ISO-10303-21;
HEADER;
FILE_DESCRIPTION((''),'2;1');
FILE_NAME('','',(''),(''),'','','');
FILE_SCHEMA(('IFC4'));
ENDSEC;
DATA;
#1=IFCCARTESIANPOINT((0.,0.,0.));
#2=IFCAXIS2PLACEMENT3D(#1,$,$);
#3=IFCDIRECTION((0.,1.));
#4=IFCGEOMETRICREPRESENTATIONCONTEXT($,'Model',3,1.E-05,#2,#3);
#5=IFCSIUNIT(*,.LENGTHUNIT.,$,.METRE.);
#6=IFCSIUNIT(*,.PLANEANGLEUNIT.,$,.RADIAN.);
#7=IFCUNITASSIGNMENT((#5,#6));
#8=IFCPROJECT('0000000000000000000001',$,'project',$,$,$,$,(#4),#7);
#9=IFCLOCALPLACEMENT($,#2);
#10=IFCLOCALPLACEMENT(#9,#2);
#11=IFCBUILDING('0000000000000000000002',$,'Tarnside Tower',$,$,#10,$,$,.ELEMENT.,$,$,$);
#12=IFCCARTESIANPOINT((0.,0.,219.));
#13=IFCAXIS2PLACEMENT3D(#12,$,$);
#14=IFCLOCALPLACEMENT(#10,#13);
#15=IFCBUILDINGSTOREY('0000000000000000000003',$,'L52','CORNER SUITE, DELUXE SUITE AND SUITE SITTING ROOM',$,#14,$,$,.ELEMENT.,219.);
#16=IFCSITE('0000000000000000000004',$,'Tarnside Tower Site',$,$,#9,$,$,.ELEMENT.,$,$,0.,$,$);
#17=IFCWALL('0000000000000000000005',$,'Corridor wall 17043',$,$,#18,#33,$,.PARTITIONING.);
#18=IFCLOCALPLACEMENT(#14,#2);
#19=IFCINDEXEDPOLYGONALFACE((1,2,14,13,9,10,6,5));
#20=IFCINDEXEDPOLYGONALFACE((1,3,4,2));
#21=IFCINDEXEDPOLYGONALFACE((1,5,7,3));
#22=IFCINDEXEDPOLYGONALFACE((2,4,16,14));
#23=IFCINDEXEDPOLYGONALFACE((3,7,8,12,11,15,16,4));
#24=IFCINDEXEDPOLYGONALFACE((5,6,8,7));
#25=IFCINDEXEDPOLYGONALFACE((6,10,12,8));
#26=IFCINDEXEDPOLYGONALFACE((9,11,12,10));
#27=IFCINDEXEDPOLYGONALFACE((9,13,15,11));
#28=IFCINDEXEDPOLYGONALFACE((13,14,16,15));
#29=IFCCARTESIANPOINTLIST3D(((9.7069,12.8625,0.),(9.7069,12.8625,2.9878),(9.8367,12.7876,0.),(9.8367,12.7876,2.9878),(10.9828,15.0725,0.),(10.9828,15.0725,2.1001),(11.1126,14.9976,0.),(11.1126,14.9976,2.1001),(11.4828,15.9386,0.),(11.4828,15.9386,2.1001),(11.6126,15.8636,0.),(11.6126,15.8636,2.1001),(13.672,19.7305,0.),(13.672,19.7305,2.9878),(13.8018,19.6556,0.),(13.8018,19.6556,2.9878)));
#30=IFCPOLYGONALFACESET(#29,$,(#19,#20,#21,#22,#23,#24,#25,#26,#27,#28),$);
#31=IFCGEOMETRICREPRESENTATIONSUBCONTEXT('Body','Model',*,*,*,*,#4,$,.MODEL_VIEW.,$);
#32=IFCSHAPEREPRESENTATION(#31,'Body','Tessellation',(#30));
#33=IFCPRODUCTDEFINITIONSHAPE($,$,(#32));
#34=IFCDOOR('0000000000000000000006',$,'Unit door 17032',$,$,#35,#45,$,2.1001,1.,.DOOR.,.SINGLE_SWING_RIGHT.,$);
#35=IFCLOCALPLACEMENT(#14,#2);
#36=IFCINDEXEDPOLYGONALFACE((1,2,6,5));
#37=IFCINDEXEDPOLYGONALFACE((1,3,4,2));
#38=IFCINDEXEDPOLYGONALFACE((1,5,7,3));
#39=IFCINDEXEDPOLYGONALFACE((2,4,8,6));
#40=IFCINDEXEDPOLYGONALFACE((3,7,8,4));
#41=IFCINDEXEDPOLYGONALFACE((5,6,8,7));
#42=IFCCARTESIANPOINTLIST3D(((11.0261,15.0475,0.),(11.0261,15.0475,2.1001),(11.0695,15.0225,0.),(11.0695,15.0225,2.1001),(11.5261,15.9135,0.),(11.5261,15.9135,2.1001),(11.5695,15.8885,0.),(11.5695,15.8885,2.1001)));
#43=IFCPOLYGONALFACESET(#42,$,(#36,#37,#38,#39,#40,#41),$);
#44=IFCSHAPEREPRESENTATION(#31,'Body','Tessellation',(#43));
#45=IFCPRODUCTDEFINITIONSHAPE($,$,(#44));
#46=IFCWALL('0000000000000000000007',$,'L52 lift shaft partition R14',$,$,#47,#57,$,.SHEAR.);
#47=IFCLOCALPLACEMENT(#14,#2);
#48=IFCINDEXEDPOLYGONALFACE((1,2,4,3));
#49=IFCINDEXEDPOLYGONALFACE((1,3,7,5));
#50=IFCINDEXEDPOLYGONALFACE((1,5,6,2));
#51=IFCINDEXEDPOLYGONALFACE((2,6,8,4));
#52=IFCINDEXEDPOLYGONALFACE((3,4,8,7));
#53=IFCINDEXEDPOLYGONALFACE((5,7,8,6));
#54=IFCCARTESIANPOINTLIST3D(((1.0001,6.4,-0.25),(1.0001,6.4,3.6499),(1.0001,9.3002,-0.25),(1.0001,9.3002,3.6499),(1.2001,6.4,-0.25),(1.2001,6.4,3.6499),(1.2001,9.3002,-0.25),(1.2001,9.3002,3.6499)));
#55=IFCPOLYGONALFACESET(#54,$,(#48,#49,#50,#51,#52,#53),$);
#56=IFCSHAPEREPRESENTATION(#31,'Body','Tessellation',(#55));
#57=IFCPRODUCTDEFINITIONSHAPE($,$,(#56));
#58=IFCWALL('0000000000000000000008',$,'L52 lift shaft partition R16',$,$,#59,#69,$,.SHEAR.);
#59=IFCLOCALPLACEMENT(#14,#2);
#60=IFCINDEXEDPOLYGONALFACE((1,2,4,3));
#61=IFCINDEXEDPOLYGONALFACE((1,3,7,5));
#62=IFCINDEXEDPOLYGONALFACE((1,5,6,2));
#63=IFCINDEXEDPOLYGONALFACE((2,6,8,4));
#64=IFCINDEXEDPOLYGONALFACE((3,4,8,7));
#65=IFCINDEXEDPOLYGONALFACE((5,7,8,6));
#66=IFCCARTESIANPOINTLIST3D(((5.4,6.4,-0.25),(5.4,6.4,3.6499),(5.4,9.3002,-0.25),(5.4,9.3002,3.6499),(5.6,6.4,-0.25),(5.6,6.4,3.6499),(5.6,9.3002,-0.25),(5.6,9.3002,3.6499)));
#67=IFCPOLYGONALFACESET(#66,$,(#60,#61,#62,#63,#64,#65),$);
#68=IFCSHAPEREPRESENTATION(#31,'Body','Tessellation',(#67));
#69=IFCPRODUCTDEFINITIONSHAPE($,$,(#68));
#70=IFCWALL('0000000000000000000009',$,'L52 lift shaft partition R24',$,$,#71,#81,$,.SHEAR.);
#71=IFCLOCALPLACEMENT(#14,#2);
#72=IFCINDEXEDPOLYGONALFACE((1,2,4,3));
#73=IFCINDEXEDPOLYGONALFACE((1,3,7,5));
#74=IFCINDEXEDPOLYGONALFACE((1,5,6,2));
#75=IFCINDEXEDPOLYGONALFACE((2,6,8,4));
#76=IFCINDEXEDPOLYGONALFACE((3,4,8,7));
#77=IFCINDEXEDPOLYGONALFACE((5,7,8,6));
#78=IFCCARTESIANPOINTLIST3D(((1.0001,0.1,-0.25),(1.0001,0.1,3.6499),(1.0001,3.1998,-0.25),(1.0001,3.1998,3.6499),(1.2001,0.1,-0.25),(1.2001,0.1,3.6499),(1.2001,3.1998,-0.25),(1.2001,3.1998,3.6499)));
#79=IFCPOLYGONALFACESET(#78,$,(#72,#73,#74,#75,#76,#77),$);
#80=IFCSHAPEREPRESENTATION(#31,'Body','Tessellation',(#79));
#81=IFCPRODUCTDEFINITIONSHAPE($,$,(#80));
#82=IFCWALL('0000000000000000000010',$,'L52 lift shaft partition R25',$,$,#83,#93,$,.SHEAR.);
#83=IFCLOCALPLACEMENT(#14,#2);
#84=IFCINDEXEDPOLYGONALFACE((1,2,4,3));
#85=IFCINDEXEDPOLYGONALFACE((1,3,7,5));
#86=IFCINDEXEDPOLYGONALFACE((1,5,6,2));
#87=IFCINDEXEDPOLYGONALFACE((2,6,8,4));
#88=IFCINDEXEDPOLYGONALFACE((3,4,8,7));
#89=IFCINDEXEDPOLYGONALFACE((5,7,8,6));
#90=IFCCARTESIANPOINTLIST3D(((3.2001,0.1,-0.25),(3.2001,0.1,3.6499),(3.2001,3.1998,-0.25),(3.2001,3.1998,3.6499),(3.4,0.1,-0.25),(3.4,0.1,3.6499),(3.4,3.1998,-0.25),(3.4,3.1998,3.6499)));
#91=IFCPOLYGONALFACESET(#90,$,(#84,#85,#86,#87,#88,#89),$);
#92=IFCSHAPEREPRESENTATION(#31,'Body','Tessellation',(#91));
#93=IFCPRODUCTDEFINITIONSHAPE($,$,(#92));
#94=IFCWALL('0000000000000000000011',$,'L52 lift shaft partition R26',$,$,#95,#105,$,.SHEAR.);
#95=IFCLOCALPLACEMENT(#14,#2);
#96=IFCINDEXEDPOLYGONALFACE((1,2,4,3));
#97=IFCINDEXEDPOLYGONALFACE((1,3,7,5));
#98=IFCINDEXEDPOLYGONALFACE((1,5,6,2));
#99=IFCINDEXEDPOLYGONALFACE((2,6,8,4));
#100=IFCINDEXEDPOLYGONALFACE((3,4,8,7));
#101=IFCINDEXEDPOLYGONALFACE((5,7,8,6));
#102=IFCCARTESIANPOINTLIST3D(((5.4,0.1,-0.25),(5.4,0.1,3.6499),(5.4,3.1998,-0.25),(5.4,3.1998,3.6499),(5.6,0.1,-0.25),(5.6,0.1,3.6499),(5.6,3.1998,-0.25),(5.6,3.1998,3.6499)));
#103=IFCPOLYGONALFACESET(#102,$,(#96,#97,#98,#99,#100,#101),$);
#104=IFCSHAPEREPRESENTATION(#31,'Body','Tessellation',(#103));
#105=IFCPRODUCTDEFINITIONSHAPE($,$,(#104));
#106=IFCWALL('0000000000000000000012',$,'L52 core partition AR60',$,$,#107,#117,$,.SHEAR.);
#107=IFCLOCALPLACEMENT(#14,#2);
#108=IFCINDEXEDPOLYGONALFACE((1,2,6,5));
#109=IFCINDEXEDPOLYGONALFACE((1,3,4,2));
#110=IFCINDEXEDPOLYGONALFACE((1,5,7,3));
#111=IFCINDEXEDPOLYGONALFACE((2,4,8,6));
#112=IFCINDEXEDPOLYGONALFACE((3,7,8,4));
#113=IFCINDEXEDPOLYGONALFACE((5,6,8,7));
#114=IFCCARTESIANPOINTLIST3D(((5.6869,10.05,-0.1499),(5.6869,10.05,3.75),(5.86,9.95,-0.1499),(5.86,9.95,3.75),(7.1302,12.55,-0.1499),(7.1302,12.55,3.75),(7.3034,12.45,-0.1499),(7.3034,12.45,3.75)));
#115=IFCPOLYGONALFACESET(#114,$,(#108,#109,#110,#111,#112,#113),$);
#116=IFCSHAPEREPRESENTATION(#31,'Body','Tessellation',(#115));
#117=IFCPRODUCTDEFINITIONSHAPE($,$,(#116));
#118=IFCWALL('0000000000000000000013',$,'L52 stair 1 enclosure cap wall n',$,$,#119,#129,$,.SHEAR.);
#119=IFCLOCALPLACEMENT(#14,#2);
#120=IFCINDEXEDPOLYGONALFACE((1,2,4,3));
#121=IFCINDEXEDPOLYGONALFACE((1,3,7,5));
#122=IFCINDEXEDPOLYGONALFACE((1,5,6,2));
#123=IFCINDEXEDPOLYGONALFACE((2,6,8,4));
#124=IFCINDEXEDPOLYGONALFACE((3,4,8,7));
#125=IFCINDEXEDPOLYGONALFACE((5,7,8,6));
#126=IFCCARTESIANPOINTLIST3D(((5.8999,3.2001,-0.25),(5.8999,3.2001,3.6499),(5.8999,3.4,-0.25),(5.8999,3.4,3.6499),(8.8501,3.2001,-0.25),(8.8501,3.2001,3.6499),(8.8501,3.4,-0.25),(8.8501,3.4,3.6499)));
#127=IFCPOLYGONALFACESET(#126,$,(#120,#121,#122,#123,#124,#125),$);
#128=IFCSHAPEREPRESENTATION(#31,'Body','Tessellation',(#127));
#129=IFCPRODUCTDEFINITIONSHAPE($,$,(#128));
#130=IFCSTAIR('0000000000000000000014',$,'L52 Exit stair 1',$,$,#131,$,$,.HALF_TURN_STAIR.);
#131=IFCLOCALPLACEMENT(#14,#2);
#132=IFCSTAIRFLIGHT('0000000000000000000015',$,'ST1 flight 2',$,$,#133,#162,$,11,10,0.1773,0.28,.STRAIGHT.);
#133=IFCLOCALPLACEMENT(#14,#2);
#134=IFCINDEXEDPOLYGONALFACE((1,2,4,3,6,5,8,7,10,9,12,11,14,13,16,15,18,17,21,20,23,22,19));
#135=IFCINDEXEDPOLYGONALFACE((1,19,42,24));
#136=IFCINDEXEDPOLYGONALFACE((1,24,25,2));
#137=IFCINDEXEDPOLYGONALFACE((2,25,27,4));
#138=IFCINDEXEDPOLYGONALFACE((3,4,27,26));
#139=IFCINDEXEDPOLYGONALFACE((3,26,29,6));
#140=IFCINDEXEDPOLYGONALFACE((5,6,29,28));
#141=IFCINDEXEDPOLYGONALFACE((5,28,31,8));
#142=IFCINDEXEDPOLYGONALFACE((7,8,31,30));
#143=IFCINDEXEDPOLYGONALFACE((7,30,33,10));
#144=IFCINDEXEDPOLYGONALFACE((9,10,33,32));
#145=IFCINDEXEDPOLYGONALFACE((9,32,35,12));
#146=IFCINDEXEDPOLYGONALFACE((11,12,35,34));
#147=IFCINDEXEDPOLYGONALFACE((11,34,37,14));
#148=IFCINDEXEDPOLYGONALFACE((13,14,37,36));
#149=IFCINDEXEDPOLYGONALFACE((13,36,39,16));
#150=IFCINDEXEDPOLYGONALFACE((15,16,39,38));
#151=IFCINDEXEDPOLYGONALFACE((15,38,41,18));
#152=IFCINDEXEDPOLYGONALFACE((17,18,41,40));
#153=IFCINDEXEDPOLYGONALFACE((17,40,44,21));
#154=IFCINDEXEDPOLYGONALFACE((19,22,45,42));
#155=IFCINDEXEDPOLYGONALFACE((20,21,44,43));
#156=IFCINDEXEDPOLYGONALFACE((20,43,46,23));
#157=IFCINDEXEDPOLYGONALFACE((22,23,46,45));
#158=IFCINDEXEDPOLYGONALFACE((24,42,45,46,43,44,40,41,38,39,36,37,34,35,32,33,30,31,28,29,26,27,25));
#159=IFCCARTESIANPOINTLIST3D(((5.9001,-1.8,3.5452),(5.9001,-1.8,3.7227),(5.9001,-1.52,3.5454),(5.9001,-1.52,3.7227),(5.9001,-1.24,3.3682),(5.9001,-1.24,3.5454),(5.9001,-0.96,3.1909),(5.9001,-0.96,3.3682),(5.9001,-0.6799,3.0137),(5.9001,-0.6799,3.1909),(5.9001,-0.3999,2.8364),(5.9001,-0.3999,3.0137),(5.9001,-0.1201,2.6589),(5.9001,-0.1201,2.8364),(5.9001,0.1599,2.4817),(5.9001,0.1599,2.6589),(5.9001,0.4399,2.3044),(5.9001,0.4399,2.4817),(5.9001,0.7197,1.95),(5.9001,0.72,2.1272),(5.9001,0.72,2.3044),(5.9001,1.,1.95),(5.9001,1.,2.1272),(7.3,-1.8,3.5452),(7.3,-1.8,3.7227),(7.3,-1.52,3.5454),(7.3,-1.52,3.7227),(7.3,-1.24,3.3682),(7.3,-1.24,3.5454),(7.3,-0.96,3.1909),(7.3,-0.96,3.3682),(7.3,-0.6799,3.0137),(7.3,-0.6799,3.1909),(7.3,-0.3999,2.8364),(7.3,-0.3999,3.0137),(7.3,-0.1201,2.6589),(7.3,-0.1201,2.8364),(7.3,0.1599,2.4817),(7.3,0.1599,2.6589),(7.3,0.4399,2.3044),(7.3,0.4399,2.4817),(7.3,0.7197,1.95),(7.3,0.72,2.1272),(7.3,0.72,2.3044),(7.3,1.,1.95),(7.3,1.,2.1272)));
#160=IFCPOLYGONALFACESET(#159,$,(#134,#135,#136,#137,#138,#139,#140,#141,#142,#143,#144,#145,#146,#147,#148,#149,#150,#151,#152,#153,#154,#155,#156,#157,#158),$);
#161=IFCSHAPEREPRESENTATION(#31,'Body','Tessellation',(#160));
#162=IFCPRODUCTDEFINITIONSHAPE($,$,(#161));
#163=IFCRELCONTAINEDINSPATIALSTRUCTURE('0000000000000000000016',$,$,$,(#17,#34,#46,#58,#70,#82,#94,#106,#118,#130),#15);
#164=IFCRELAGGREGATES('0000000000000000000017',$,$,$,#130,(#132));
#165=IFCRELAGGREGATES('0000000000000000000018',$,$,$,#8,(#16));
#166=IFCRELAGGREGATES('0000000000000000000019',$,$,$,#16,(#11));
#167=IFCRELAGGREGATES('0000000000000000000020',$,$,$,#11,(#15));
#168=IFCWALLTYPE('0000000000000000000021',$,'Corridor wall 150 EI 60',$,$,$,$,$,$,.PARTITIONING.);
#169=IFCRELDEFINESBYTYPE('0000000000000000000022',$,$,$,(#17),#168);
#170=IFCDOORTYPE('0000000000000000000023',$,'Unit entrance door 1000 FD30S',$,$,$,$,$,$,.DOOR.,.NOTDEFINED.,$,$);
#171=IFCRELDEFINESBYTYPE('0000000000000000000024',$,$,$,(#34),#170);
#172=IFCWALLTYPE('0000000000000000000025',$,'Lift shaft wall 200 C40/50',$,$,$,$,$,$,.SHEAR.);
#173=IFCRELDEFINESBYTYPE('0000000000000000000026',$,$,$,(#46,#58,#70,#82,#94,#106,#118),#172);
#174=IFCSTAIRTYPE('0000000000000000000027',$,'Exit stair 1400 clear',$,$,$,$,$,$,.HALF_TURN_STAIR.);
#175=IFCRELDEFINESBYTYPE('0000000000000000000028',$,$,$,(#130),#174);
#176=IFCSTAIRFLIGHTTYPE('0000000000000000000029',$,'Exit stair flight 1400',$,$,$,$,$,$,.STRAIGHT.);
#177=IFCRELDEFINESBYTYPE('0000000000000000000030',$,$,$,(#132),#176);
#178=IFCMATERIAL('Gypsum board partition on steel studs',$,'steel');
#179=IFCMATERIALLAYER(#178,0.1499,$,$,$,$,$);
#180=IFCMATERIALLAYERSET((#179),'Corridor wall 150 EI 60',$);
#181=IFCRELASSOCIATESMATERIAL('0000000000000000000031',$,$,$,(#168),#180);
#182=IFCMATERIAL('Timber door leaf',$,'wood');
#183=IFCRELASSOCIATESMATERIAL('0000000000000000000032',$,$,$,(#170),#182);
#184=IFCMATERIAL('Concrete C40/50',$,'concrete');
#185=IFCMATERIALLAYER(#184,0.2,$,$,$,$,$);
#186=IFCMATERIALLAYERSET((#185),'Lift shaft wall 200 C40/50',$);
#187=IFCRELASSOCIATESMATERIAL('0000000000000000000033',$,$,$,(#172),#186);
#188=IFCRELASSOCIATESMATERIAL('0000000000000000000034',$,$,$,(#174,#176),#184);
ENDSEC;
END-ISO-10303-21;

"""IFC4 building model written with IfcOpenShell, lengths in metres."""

from ifc_helpers import new_model, si_unit, direction, frame, frame_2d, origin, place, context, subcontext, project, spatial, polyline, rectangle, outline, extrude, material, layer, layer_set, type_object, element, fill, aggregate, save


model = new_model("IFC4")

# Units and contexts
model_context = context("Model", 3, precision=1e-05, world=origin(), true_north=direction((0.0, 1.0)))
body_context = subcontext(model_context, "Body", "Model", "MODEL_VIEW")
ifc_project = project(units=[si_unit("LENGTHUNIT", "METRE"), si_unit("PLANEANGLEUNIT", "RADIAN")], contexts=[model_context])

# Site, building, storey
site_placement = place(None, origin())
site = spatial("IfcSite", under=ifc_project, at=site_placement, Name="Tarnside Tower Site", CompositionType="ELEMENT", RefElevation=0.0)
building_placement = place(site_placement, origin())
building = spatial("IfcBuilding", under=site, at=building_placement, Name="Tarnside Tower", CompositionType="ELEMENT")
storey_placement = place(building_placement, frame((0.0, 0.0, 219.0)))
storey = spatial("IfcBuildingStorey", under=building, at=storey_placement, Name="L52", Description="CORNER SUITE, DELUXE SUITE AND SUITE SITTING ROOM", CompositionType="ELEMENT", Elevation=219.0)

# Shared definitions
ifc_material_1 = material(Name="Gypsum board partition on steel studs", Category="steel")
ifc_layer_1 = layer(ifc_material_1, 0.1499)
ifc_layer_set_1 = layer_set([ifc_layer_1], Name="Corridor wall 150 EI 60")
wall_type_1 = type_object("IfcWallType", Name="Corridor wall 150 EI 60", PredefinedType="PARTITIONING", material=ifc_layer_set_1)
ifc_material_2 = material(Name="Timber door leaf", Category="wood")
door_type_1 = type_object("IfcDoorType", Name="Unit entrance door 1000 FD30S", OperationType="NOTDEFINED", PredefinedType="DOOR", material=ifc_material_2)

# Wall, opening, door
wall_1_placement = place(storey_placement, frame((9.7717, 12.825, 0.0), z_axis=(0.0, 0.0, 1.0), x_axis=(0.49999, 0.866031, 0.0)))
wall_1 = element("IfcWall", 1, at=wall_1_placement, inside=storey, type_object=wall_type_1, Name="Corridor wall 17043", PredefinedType="PARTITIONING", context=body_context, shape_type="SweptSolid", body=[
    extrude(rectangle(XDim=7.9304, YDim=0.1499, at=frame_2d((3.9653, 0.0))), origin(), (0.0, 0.0, 1.0), 2.9878),
])
opening_1_placement = place(wall_1_placement, frame((2.552, 0.0, 0.0)))
opening_1 = element("IfcOpeningElement", 2, at=opening_1_placement, cuts=wall_1, PredefinedType="OPENING", context=body_context, shape_type="SweptSolid", body=[
    extrude(rectangle(XDim=1.0, YDim=2.1001, at=frame_2d((0.5, 1.05))), frame((0.0, 0.085, 0.0), z_axis=(0.0, -1.0, 0.0), x_axis=(1.0, 0.0, 0.0)), (0.0, 0.0, 1.0), 0.1699),
])
door_1_placement = place(opening_1_placement, origin())
door_1 = element("IfcDoor", 3, at=door_1_placement, inside=storey, type_object=door_type_1, Name="Unit door 17032", OperationType="SINGLE_SWING_RIGHT", OverallHeight=2.1001, OverallWidth=1.0, PredefinedType="DOOR", context=body_context, shape_type="SweptSolid", body=[
    extrude(rectangle(XDim=1.0, YDim=2.1001, at=frame_2d((0.5, 1.05))), frame((0.0, 0.0249, 0.0), z_axis=(0.0, -1.0, 0.0), x_axis=(1.0, 0.0, 0.0)), (0.0, 0.0, 1.0), 0.05),
])
fill(opening_1, door_1)

# Walls
ifc_material_3 = material(Name="Concrete C40/50", Category="concrete")
ifc_layer_2 = layer(ifc_material_3, 0.2)
ifc_layer_set_2 = layer_set([ifc_layer_2], Name="Lift shaft wall 200 C40/50")
wall_type_2 = type_object("IfcWallType", Name="Lift shaft wall 200 C40/50", PredefinedType="SHEAR", material=ifc_layer_set_2)
for number, where, z_axis, x_axis, name in (
    (4, (1.1001, 6.3999, -0.25), (0.0, 0.0, 1.0), (0.0, 1.0, 0.0), "L52 lift shaft partition R14"),
    (5, (5.5, 6.3999, -0.25), (0.0, 0.0, 1.0), (0.0, 1.0, 0.0), "L52 lift shaft partition R16"),
):
    element("IfcWall", number, at=place(storey_placement, frame(where, z_axis=z_axis, x_axis=x_axis)), inside=storey, type_object=wall_type_2, Name=name, PredefinedType="SHEAR", context=body_context, shape_type="SweptSolid", body=[
        extrude(rectangle(XDim=2.9001, YDim=0.2, at=frame_2d((1.4502, 0.0))), origin(), (0.0, 0.0, 1.0), 3.8999),
    ])
for number, where, z_axis, x_axis, name in (
    (6, (1.1001, 0.1001, -0.25), (0.0, 0.0, 1.0), (0.0, 1.0, 0.0), "L52 lift shaft partition R24"),
    (7, (3.3, 0.1001, -0.25), (0.0, 0.0, 1.0), (0.0, 1.0, 0.0), "L52 lift shaft partition R25"),
    (8, (5.5, 0.1001, -0.25), (0.0, 0.0, 1.0), (0.0, 1.0, 0.0), "L52 lift shaft partition R26"),
):
    element("IfcWall", number, at=place(storey_placement, frame(where, z_axis=z_axis, x_axis=x_axis)), inside=storey, type_object=wall_type_2, Name=name, PredefinedType="SHEAR", context=body_context, shape_type="SweptSolid", body=[
        extrude(rectangle(XDim=3.0999, YDim=0.2, at=frame_2d((1.5498, 0.0))), origin(), (0.0, 0.0, 1.0), 3.8999),
    ])
wall_2_placement = place(storey_placement, frame((5.7734, 10.0, -0.1499), z_axis=(0.0, 0.0, 1.0), x_axis=(0.499996, 0.866028, 0.0)))
element("IfcWall", 9, at=wall_2_placement, inside=storey, type_object=wall_type_2, Name="L52 core partition AR60", PredefinedType="SHEAR", context=body_context, shape_type="SweptSolid", body=[
    extrude(rectangle(XDim=2.8867, YDim=0.2, at=frame_2d((1.4434, 0.0))), origin(), (0.0, 0.0, 1.0), 3.8999),
])
wall_3_placement = place(storey_placement, frame((5.8999, 3.3, -0.25), z_axis=(0.0, 0.0, 1.0), x_axis=(1.0, 0.0, 0.0)))
element("IfcWall", 10, at=wall_3_placement, inside=storey, type_object=wall_type_2, Name="L52 stair 1 enclosure cap wall n", PredefinedType="SHEAR", context=body_context, shape_type="SweptSolid", body=[
    extrude(rectangle(XDim=2.9502, YDim=0.2, at=frame_2d((1.4751, 0.0))), origin(), (0.0, 0.0, 1.0), 3.8999),
])

# Stair, stair flight
stair_type = type_object("IfcStairType", Name="Exit stair 1400 clear", PredefinedType="HALF_TURN_STAIR", material=ifc_material_3)
stair_placement = place(storey_placement, origin())
stair = element("IfcStair", 11, at=stair_placement, inside=storey, type_object=stair_type, Name="L52 Exit stair 1", PredefinedType="HALF_TURN_STAIR")
stair_flight_type = type_object("IfcStairFlightType", Name="Exit stair flight 1400", PredefinedType="STRAIGHT", material=ifc_material_3)
stair_flight_placement = place(storey_placement, frame((6.6001, 1.0, 1.95), z_axis=(0.0, 0.0, 1.0), x_axis=(0.0, -1.0, 0.0)))
stair_flight = element("IfcStairFlight", 12, at=stair_flight_placement, type_object=stair_flight_type, Name="ST1 flight 2", NumberOfRisers=11, NumberOfTreads=10, PredefinedType="STRAIGHT", RiserHeight=0.1773, TreadLength=0.28, context=body_context, shape_type="SweptSolid", body=[
    extrude(outline(polyline([(0.0, 0.0), (0.0, 0.1772), (0.28, 0.1772), (0.28, 0.3545), (0.5601, 0.3545), (0.5601, 0.5317), (0.8401, 0.5317), (0.8401, 0.709), (1.1201, 0.709), (1.1201, 0.8865), (1.3999, 0.8865), (1.3999, 1.0637), (1.6799, 1.0637), (1.6799, 1.241), (1.96, 1.241), (1.96, 1.4182), (2.24, 1.4182), (2.24, 1.5955), (2.52, 1.5955), (2.52, 1.7727), (2.8, 1.7727), (2.8, 1.95), (2.8, 1.5952), (0.2803, 0.0), (0.0, 0.0)])), frame((0.0, 0.7, 0.0), z_axis=(0.0, -1.0, 0.0), x_axis=(1.0, 0.0, 0.0)), (0.0, 0.0, 1.0), 1.3999),
])
aggregate(stair, [stair_flight])

save(model, "model.ifc")
